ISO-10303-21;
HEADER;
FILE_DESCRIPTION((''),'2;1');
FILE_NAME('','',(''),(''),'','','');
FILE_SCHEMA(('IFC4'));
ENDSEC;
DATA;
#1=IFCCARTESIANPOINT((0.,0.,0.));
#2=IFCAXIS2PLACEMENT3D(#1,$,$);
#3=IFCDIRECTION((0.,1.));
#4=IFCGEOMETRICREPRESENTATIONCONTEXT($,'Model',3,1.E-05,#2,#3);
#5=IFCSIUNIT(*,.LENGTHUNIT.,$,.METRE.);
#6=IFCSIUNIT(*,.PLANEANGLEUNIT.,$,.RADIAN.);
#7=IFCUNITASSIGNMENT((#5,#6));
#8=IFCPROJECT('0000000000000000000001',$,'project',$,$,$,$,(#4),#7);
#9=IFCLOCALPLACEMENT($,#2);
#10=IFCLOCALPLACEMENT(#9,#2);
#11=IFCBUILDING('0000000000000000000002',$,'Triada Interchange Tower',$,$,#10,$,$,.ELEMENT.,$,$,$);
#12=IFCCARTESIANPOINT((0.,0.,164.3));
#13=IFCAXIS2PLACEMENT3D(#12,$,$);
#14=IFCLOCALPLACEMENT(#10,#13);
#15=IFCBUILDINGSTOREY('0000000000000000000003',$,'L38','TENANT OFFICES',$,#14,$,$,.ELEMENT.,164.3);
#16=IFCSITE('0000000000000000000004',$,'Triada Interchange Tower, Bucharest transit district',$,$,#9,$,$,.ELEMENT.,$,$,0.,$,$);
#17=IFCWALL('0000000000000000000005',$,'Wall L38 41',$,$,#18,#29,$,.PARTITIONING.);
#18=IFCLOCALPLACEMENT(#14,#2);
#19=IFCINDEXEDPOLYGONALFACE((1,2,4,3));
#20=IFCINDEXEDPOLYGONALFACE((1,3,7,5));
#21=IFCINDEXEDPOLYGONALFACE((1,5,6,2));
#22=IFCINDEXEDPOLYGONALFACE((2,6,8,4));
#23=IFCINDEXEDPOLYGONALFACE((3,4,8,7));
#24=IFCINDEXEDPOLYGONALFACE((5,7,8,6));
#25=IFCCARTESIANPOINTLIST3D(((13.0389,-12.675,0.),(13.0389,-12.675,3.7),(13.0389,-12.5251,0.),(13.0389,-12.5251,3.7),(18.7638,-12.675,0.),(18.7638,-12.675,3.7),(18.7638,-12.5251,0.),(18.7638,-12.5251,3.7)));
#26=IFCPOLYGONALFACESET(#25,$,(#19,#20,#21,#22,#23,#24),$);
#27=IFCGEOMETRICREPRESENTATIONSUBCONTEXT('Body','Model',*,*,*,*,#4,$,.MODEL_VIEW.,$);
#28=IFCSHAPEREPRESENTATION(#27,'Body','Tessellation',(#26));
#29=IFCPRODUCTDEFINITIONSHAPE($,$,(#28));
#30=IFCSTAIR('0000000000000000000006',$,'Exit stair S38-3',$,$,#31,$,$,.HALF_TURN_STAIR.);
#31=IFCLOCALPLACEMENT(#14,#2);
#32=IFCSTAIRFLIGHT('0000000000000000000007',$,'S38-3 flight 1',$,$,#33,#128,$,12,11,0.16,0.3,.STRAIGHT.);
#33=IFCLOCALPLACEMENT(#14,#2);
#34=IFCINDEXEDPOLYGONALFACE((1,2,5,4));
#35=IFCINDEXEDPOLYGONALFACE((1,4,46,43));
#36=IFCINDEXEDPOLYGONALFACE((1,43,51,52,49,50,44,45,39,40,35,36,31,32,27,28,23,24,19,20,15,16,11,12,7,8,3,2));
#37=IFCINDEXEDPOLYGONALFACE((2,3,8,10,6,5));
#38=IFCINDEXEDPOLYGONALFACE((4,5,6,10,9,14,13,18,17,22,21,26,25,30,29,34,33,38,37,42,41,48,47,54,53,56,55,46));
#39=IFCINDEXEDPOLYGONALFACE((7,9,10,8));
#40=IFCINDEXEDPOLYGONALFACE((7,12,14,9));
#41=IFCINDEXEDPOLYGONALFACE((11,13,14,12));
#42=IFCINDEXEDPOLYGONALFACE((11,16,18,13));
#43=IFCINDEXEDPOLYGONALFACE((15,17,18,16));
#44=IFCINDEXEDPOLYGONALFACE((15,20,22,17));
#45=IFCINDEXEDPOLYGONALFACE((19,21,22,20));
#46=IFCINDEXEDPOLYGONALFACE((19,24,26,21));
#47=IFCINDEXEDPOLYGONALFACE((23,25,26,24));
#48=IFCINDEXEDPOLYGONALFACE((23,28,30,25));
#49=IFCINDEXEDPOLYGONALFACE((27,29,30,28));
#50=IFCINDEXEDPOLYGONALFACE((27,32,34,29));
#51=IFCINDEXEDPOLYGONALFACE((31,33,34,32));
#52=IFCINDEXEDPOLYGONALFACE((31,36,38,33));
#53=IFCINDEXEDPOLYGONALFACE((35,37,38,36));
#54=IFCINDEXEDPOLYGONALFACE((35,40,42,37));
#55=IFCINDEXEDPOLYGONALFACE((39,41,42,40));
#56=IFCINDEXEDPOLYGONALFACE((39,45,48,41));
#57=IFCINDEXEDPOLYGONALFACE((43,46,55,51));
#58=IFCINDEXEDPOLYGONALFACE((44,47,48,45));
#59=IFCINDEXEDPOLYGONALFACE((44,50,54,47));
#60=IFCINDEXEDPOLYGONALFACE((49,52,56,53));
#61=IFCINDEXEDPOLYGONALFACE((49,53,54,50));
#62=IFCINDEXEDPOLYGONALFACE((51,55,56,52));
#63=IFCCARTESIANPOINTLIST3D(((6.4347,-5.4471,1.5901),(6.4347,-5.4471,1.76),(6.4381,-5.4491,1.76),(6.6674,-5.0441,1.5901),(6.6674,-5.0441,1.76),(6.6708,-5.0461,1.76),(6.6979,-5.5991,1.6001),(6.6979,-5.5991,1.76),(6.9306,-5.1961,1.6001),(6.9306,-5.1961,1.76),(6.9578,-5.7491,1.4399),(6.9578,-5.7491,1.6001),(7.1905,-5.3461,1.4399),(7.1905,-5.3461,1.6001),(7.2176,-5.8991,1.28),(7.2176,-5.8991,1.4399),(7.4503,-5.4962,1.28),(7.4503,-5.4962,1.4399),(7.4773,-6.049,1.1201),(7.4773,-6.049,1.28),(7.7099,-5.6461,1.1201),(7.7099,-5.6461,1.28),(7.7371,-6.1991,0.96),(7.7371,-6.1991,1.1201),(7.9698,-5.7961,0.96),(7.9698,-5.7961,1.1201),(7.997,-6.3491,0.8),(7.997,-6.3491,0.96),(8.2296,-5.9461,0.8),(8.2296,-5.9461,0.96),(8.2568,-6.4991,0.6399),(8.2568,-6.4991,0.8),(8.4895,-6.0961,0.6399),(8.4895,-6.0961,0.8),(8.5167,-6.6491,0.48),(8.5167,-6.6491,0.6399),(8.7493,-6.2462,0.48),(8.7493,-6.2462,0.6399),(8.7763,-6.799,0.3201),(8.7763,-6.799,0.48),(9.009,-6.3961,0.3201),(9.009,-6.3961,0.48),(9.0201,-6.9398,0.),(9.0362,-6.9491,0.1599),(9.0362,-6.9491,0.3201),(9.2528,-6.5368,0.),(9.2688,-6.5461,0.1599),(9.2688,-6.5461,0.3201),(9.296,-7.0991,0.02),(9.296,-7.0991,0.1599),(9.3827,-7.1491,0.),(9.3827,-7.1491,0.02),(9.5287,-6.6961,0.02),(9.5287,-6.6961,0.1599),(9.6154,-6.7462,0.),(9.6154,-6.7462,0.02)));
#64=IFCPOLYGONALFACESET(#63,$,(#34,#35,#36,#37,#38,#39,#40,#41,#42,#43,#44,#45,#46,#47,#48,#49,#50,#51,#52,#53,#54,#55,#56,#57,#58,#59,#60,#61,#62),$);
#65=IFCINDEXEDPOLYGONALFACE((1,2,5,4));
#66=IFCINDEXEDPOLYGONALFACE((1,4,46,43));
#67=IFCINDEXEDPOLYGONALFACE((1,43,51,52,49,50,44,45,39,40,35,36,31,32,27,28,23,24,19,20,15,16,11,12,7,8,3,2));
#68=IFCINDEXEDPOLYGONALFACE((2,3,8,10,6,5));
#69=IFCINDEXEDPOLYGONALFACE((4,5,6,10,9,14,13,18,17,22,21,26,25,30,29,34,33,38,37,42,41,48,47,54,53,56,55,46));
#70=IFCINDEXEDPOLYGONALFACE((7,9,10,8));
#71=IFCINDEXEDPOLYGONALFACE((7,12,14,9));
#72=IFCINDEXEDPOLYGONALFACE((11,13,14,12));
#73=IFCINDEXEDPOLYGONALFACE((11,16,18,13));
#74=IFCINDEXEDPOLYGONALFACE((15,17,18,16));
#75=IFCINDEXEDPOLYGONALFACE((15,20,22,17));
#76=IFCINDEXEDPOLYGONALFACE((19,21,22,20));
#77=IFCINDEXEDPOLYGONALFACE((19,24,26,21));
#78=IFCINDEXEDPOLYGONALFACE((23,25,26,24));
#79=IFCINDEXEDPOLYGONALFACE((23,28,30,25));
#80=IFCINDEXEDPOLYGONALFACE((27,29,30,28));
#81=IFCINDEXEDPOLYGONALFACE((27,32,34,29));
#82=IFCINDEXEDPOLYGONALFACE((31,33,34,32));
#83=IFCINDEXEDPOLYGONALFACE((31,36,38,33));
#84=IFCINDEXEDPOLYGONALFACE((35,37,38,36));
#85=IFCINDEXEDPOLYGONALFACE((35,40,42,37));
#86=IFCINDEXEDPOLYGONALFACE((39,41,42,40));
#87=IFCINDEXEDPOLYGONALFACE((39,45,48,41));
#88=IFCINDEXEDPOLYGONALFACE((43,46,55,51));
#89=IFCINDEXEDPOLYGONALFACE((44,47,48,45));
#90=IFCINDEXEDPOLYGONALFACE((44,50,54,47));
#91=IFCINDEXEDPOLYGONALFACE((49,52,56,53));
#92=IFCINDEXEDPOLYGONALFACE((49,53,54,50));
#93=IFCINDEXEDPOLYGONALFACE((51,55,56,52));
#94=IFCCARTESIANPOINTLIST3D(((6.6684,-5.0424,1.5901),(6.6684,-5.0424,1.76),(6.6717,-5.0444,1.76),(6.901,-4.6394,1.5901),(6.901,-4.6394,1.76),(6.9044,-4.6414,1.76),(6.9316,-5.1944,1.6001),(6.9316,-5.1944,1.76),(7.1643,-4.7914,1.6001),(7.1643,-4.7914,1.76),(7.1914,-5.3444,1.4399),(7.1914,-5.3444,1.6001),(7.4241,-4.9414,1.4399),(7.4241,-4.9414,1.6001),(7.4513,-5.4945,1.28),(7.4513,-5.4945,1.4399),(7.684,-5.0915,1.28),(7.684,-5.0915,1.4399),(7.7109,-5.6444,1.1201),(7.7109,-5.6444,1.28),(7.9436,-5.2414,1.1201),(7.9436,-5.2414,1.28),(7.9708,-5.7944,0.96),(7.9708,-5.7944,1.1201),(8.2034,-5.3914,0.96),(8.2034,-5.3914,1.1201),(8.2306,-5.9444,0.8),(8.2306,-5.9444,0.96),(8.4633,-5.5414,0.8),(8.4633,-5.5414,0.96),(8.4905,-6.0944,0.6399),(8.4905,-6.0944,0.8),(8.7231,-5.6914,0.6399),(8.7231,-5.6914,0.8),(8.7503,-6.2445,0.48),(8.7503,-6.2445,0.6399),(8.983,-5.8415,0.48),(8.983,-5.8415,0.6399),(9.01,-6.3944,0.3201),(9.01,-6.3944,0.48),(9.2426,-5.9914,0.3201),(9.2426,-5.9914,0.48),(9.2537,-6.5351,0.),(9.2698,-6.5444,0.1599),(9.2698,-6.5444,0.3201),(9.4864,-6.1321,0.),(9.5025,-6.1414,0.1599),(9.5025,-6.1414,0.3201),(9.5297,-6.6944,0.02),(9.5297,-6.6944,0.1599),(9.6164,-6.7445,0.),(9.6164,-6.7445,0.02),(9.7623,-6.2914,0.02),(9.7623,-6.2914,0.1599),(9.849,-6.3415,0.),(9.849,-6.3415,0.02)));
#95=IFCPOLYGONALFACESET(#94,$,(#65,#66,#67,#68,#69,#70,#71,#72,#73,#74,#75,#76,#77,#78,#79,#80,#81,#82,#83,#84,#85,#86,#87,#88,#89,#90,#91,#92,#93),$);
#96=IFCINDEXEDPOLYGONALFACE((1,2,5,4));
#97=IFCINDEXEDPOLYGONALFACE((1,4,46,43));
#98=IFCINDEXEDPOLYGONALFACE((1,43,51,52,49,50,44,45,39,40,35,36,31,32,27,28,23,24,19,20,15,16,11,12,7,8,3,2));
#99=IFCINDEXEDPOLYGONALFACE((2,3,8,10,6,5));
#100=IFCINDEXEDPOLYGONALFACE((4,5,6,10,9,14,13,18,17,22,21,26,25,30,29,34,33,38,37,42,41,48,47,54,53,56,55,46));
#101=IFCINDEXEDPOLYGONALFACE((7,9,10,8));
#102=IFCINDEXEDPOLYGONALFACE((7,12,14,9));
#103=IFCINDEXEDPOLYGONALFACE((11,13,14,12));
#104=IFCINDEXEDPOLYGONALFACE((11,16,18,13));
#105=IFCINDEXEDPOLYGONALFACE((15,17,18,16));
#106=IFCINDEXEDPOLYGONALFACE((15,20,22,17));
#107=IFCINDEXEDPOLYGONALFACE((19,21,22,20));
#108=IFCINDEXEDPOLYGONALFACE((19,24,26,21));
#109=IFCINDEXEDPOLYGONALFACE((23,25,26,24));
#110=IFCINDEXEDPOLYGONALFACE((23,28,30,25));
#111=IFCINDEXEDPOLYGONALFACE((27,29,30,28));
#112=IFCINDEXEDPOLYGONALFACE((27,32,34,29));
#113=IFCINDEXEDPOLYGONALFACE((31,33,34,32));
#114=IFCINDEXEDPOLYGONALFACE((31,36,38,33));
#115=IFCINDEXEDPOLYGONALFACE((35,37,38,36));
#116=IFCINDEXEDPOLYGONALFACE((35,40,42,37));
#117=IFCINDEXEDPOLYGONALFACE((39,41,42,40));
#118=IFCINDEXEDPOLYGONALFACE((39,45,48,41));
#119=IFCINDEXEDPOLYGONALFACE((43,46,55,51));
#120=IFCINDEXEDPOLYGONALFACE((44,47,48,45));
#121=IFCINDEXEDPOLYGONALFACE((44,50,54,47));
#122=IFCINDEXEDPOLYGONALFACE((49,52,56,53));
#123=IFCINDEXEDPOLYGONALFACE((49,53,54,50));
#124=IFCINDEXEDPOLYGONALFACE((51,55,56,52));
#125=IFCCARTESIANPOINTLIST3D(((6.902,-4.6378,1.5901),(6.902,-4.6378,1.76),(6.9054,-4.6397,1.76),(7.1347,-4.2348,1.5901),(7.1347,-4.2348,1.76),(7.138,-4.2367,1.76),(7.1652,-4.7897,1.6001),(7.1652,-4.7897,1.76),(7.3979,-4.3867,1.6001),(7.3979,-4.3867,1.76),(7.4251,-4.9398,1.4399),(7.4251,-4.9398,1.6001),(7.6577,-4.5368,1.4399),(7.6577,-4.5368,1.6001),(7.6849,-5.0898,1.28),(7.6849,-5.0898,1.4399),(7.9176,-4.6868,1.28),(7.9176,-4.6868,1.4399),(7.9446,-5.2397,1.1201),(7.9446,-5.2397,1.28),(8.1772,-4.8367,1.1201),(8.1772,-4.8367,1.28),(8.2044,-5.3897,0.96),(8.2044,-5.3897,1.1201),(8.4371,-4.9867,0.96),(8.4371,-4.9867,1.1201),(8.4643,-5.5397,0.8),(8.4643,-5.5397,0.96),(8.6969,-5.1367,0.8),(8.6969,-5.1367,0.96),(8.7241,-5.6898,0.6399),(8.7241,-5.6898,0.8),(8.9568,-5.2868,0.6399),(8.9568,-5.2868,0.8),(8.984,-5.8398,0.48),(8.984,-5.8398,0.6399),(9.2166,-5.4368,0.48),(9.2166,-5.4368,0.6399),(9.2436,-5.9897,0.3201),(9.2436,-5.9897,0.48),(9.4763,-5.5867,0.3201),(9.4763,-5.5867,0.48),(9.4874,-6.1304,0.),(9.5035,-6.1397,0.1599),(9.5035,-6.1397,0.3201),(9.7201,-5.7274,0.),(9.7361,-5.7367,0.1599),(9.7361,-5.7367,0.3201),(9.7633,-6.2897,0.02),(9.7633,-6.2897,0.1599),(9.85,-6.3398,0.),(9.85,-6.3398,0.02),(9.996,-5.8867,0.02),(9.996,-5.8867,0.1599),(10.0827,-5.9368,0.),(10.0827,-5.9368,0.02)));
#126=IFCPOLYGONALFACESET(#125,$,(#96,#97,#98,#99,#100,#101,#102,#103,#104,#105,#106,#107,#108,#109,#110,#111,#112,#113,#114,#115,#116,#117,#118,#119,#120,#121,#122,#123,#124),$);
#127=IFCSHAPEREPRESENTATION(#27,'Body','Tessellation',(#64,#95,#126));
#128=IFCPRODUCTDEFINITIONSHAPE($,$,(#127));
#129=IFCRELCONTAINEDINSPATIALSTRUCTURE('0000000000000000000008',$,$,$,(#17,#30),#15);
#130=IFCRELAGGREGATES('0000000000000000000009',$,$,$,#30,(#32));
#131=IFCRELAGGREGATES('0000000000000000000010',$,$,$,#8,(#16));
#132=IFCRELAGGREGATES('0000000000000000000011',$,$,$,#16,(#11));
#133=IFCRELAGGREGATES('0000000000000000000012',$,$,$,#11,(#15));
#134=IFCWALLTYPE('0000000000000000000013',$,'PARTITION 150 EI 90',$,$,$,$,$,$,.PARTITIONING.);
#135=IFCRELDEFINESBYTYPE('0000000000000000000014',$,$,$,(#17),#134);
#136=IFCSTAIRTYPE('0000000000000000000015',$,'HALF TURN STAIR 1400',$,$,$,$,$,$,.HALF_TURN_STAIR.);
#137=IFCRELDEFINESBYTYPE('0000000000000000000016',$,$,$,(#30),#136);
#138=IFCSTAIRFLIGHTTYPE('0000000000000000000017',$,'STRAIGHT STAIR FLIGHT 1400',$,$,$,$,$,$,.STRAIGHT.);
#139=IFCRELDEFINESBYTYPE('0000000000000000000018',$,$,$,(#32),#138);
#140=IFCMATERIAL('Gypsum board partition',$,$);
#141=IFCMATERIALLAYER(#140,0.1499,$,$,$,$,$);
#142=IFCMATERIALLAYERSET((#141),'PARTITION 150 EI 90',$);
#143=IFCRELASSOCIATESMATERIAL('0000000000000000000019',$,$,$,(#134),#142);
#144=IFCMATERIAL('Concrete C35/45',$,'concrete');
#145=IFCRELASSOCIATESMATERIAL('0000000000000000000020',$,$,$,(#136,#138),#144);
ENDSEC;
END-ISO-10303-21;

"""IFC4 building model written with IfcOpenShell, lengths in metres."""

from ifc_helpers import new_model, si_unit, direction, frame, frame_2d, origin, place, context, subcontext, project, spatial, polyline, rectangle, outline, extrude, material, layer, layer_set, type_object, element, aggregate, save


model = new_model("IFC4")

# Units and contexts
model_context = context("Model", 3, precision=1e-05, world=origin(), true_north=direction((0.0, 1.0)))
body_context = subcontext(model_context, "Body", "Model", "MODEL_VIEW")
ifc_project = project(units=[si_unit("LENGTHUNIT", "METRE"), si_unit("PLANEANGLEUNIT", "RADIAN")], contexts=[model_context])

# Site, building, storey
site_placement = place(None, origin())
site = spatial("IfcSite", under=ifc_project, at=site_placement, Name="Triada Interchange Tower, Bucharest transit district", CompositionType="ELEMENT", RefElevation=0.0)
building_placement = place(site_placement, origin())
building = spatial("IfcBuilding", under=site, at=building_placement, Name="Triada Interchange Tower", CompositionType="ELEMENT")
storey_placement = place(building_placement, frame((0.0, 0.0, 164.3)))
storey = spatial("IfcBuildingStorey", under=building, at=storey_placement, Name="L38", Description="TENANT OFFICES", CompositionType="ELEMENT", Elevation=164.3)

# Wall
ifc_material_1 = material(Name="Gypsum board partition")
ifc_layer_1 = layer(ifc_material_1, 0.1499)
ifc_layer_set_1 = layer_set([ifc_layer_1], Name="PARTITION 150 EI 90")
wall_type_1 = type_object("IfcWallType", Name="PARTITION 150 EI 90", PredefinedType="PARTITIONING", material=ifc_layer_set_1)
wall_1_placement = place(storey_placement, frame((13.0391, -12.6001, 0.0), z_axis=(0.0, 0.0, 1.0), x_axis=(1.0, 0.0, 0.0)))
element("IfcWall", 1, at=wall_1_placement, inside=storey, type_object=wall_type_1, Name="Wall L38 41", PredefinedType="PARTITIONING", context=body_context, shape_type="SweptSolid", body=[
    extrude(rectangle(XDim=5.7249, YDim=0.1499, at=frame_2d((2.8623, 0.0))), origin(), (0.0, 0.0, 1.0), 3.7),
])

# Stair, stair flight
ifc_material_2 = material(Name="Concrete C35/45", Category="concrete")
stair_type = type_object("IfcStairType", Name="HALF TURN STAIR 1400", PredefinedType="HALF_TURN_STAIR", material=ifc_material_2)
stair_placement = place(storey_placement, origin())
stair = element("IfcStair", 2, at=stair_placement, inside=storey, type_object=stair_type, Name="Exit stair S38-3", PredefinedType="HALF_TURN_STAIR")
stair_flight_type = type_object("IfcStairFlightType", Name="STRAIGHT STAIR FLIGHT 1400", PredefinedType="STRAIGHT", material=ifc_material_2)
stair_flight_1_placement = place(storey_placement, frame((9.646, -6.4929, 0.0), z_axis=(0.0, 0.0, 1.0), x_axis=(-0.866025, 0.5, 0.0)))
stair_flight_1 = element("IfcStairFlight", 3, at=stair_flight_1_placement, type_object=stair_flight_type, Name="S38-3 flight 1", NumberOfRisers=12, NumberOfTreads=11, PredefinedType="STRAIGHT", RiserHeight=0.16, TreadLength=0.3, context=body_context, shape_type="SweptSolid", body=[
    extrude(outline(polyline([(-0.1001, 0.0), (-0.1001, 0.02), (0.0, 0.02), (0.0, 0.1599), (0.3, 0.1599), (0.3, 0.3201), (0.6001, 0.3201), (0.6001, 0.48), (0.8999, 0.48), (0.8999, 0.6399), (1.2, 0.6399), (1.2, 0.8), (1.5, 0.8), (1.5, 0.96), (1.8, 0.96), (1.8, 1.1201), (2.1001, 1.1201), (2.1001, 1.28), (2.3999, 1.28), (2.3999, 1.4399), (2.7, 1.4399), (2.7, 1.6001), (3.0, 1.6001), (3.0, 1.76), (3.3, 1.76), (3.304, 1.76), (3.304, 1.9199), (3.304, 1.5901), (0.3186, 0.0), (-0.1001, 0.0)])), frame((0.0, 0.7, 0.0), z_axis=(0.0, -1.0, 0.0), x_axis=(1.0, 0.0, 0.0)), (0.0, 0.0, 1.0), 0.4653),
    extrude(outline(polyline([(-0.1001, 0.0), (-0.1001, 0.02), (0.0, 0.02), (0.0, 0.1599), (0.3, 0.1599), (0.3, 0.3201), (0.6001, 0.3201), (0.6001, 0.48), (0.8999, 0.48), (0.8999, 0.6399), (1.2, 0.6399), (1.2, 0.8), (1.5, 0.8), (1.5, 0.96), (1.8, 0.96), (1.8, 1.1201), (2.1001, 1.1201), (2.1001, 1.28), (2.3999, 1.28), (2.3999, 1.4399), (2.7, 1.4399), (2.7, 1.6001), (3.0, 1.6001), (3.0, 1.76), (3.3, 1.76), (3.304, 1.76), (3.304, 1.9199), (3.304, 1.5901), (0.3186, 0.0), (-0.1001, 0.0)])), frame((0.0, 0.2327, 0.0), z_axis=(0.0, -1.0, 0.0), x_axis=(1.0, 0.0, 0.0)), (0.0, 0.0, 1.0), 0.4653),
    extrude(outline(polyline([(-0.1001, 0.0), (-0.1001, 0.02), (0.0, 0.02), (0.0, 0.1599), (0.3, 0.1599), (0.3, 0.3201), (0.6001, 0.3201), (0.6001, 0.48), (0.8999, 0.48), (0.8999, 0.6399), (1.2, 0.6399), (1.2, 0.8), (1.5, 0.8), (1.5, 0.96), (1.8, 0.96), (1.8, 1.1201), (2.1001, 1.1201), (2.1001, 1.28), (2.3999, 1.28), (2.3999, 1.4399), (2.7, 1.4399), (2.7, 1.6001), (3.0, 1.6001), (3.0, 1.76), (3.3, 1.76), (3.304, 1.76), (3.304, 1.9199), (3.304, 1.5901), (0.3186, 0.0), (-0.1001, 0.0)])), frame((0.0, -0.2346, 0.0), z_axis=(0.0, -1.0, 0.0), x_axis=(1.0, 0.0, 0.0)), (0.0, 0.0, 1.0), 0.4653),
])
aggregate(stair, [stair_flight_1])

save(model, "model.ifc")
